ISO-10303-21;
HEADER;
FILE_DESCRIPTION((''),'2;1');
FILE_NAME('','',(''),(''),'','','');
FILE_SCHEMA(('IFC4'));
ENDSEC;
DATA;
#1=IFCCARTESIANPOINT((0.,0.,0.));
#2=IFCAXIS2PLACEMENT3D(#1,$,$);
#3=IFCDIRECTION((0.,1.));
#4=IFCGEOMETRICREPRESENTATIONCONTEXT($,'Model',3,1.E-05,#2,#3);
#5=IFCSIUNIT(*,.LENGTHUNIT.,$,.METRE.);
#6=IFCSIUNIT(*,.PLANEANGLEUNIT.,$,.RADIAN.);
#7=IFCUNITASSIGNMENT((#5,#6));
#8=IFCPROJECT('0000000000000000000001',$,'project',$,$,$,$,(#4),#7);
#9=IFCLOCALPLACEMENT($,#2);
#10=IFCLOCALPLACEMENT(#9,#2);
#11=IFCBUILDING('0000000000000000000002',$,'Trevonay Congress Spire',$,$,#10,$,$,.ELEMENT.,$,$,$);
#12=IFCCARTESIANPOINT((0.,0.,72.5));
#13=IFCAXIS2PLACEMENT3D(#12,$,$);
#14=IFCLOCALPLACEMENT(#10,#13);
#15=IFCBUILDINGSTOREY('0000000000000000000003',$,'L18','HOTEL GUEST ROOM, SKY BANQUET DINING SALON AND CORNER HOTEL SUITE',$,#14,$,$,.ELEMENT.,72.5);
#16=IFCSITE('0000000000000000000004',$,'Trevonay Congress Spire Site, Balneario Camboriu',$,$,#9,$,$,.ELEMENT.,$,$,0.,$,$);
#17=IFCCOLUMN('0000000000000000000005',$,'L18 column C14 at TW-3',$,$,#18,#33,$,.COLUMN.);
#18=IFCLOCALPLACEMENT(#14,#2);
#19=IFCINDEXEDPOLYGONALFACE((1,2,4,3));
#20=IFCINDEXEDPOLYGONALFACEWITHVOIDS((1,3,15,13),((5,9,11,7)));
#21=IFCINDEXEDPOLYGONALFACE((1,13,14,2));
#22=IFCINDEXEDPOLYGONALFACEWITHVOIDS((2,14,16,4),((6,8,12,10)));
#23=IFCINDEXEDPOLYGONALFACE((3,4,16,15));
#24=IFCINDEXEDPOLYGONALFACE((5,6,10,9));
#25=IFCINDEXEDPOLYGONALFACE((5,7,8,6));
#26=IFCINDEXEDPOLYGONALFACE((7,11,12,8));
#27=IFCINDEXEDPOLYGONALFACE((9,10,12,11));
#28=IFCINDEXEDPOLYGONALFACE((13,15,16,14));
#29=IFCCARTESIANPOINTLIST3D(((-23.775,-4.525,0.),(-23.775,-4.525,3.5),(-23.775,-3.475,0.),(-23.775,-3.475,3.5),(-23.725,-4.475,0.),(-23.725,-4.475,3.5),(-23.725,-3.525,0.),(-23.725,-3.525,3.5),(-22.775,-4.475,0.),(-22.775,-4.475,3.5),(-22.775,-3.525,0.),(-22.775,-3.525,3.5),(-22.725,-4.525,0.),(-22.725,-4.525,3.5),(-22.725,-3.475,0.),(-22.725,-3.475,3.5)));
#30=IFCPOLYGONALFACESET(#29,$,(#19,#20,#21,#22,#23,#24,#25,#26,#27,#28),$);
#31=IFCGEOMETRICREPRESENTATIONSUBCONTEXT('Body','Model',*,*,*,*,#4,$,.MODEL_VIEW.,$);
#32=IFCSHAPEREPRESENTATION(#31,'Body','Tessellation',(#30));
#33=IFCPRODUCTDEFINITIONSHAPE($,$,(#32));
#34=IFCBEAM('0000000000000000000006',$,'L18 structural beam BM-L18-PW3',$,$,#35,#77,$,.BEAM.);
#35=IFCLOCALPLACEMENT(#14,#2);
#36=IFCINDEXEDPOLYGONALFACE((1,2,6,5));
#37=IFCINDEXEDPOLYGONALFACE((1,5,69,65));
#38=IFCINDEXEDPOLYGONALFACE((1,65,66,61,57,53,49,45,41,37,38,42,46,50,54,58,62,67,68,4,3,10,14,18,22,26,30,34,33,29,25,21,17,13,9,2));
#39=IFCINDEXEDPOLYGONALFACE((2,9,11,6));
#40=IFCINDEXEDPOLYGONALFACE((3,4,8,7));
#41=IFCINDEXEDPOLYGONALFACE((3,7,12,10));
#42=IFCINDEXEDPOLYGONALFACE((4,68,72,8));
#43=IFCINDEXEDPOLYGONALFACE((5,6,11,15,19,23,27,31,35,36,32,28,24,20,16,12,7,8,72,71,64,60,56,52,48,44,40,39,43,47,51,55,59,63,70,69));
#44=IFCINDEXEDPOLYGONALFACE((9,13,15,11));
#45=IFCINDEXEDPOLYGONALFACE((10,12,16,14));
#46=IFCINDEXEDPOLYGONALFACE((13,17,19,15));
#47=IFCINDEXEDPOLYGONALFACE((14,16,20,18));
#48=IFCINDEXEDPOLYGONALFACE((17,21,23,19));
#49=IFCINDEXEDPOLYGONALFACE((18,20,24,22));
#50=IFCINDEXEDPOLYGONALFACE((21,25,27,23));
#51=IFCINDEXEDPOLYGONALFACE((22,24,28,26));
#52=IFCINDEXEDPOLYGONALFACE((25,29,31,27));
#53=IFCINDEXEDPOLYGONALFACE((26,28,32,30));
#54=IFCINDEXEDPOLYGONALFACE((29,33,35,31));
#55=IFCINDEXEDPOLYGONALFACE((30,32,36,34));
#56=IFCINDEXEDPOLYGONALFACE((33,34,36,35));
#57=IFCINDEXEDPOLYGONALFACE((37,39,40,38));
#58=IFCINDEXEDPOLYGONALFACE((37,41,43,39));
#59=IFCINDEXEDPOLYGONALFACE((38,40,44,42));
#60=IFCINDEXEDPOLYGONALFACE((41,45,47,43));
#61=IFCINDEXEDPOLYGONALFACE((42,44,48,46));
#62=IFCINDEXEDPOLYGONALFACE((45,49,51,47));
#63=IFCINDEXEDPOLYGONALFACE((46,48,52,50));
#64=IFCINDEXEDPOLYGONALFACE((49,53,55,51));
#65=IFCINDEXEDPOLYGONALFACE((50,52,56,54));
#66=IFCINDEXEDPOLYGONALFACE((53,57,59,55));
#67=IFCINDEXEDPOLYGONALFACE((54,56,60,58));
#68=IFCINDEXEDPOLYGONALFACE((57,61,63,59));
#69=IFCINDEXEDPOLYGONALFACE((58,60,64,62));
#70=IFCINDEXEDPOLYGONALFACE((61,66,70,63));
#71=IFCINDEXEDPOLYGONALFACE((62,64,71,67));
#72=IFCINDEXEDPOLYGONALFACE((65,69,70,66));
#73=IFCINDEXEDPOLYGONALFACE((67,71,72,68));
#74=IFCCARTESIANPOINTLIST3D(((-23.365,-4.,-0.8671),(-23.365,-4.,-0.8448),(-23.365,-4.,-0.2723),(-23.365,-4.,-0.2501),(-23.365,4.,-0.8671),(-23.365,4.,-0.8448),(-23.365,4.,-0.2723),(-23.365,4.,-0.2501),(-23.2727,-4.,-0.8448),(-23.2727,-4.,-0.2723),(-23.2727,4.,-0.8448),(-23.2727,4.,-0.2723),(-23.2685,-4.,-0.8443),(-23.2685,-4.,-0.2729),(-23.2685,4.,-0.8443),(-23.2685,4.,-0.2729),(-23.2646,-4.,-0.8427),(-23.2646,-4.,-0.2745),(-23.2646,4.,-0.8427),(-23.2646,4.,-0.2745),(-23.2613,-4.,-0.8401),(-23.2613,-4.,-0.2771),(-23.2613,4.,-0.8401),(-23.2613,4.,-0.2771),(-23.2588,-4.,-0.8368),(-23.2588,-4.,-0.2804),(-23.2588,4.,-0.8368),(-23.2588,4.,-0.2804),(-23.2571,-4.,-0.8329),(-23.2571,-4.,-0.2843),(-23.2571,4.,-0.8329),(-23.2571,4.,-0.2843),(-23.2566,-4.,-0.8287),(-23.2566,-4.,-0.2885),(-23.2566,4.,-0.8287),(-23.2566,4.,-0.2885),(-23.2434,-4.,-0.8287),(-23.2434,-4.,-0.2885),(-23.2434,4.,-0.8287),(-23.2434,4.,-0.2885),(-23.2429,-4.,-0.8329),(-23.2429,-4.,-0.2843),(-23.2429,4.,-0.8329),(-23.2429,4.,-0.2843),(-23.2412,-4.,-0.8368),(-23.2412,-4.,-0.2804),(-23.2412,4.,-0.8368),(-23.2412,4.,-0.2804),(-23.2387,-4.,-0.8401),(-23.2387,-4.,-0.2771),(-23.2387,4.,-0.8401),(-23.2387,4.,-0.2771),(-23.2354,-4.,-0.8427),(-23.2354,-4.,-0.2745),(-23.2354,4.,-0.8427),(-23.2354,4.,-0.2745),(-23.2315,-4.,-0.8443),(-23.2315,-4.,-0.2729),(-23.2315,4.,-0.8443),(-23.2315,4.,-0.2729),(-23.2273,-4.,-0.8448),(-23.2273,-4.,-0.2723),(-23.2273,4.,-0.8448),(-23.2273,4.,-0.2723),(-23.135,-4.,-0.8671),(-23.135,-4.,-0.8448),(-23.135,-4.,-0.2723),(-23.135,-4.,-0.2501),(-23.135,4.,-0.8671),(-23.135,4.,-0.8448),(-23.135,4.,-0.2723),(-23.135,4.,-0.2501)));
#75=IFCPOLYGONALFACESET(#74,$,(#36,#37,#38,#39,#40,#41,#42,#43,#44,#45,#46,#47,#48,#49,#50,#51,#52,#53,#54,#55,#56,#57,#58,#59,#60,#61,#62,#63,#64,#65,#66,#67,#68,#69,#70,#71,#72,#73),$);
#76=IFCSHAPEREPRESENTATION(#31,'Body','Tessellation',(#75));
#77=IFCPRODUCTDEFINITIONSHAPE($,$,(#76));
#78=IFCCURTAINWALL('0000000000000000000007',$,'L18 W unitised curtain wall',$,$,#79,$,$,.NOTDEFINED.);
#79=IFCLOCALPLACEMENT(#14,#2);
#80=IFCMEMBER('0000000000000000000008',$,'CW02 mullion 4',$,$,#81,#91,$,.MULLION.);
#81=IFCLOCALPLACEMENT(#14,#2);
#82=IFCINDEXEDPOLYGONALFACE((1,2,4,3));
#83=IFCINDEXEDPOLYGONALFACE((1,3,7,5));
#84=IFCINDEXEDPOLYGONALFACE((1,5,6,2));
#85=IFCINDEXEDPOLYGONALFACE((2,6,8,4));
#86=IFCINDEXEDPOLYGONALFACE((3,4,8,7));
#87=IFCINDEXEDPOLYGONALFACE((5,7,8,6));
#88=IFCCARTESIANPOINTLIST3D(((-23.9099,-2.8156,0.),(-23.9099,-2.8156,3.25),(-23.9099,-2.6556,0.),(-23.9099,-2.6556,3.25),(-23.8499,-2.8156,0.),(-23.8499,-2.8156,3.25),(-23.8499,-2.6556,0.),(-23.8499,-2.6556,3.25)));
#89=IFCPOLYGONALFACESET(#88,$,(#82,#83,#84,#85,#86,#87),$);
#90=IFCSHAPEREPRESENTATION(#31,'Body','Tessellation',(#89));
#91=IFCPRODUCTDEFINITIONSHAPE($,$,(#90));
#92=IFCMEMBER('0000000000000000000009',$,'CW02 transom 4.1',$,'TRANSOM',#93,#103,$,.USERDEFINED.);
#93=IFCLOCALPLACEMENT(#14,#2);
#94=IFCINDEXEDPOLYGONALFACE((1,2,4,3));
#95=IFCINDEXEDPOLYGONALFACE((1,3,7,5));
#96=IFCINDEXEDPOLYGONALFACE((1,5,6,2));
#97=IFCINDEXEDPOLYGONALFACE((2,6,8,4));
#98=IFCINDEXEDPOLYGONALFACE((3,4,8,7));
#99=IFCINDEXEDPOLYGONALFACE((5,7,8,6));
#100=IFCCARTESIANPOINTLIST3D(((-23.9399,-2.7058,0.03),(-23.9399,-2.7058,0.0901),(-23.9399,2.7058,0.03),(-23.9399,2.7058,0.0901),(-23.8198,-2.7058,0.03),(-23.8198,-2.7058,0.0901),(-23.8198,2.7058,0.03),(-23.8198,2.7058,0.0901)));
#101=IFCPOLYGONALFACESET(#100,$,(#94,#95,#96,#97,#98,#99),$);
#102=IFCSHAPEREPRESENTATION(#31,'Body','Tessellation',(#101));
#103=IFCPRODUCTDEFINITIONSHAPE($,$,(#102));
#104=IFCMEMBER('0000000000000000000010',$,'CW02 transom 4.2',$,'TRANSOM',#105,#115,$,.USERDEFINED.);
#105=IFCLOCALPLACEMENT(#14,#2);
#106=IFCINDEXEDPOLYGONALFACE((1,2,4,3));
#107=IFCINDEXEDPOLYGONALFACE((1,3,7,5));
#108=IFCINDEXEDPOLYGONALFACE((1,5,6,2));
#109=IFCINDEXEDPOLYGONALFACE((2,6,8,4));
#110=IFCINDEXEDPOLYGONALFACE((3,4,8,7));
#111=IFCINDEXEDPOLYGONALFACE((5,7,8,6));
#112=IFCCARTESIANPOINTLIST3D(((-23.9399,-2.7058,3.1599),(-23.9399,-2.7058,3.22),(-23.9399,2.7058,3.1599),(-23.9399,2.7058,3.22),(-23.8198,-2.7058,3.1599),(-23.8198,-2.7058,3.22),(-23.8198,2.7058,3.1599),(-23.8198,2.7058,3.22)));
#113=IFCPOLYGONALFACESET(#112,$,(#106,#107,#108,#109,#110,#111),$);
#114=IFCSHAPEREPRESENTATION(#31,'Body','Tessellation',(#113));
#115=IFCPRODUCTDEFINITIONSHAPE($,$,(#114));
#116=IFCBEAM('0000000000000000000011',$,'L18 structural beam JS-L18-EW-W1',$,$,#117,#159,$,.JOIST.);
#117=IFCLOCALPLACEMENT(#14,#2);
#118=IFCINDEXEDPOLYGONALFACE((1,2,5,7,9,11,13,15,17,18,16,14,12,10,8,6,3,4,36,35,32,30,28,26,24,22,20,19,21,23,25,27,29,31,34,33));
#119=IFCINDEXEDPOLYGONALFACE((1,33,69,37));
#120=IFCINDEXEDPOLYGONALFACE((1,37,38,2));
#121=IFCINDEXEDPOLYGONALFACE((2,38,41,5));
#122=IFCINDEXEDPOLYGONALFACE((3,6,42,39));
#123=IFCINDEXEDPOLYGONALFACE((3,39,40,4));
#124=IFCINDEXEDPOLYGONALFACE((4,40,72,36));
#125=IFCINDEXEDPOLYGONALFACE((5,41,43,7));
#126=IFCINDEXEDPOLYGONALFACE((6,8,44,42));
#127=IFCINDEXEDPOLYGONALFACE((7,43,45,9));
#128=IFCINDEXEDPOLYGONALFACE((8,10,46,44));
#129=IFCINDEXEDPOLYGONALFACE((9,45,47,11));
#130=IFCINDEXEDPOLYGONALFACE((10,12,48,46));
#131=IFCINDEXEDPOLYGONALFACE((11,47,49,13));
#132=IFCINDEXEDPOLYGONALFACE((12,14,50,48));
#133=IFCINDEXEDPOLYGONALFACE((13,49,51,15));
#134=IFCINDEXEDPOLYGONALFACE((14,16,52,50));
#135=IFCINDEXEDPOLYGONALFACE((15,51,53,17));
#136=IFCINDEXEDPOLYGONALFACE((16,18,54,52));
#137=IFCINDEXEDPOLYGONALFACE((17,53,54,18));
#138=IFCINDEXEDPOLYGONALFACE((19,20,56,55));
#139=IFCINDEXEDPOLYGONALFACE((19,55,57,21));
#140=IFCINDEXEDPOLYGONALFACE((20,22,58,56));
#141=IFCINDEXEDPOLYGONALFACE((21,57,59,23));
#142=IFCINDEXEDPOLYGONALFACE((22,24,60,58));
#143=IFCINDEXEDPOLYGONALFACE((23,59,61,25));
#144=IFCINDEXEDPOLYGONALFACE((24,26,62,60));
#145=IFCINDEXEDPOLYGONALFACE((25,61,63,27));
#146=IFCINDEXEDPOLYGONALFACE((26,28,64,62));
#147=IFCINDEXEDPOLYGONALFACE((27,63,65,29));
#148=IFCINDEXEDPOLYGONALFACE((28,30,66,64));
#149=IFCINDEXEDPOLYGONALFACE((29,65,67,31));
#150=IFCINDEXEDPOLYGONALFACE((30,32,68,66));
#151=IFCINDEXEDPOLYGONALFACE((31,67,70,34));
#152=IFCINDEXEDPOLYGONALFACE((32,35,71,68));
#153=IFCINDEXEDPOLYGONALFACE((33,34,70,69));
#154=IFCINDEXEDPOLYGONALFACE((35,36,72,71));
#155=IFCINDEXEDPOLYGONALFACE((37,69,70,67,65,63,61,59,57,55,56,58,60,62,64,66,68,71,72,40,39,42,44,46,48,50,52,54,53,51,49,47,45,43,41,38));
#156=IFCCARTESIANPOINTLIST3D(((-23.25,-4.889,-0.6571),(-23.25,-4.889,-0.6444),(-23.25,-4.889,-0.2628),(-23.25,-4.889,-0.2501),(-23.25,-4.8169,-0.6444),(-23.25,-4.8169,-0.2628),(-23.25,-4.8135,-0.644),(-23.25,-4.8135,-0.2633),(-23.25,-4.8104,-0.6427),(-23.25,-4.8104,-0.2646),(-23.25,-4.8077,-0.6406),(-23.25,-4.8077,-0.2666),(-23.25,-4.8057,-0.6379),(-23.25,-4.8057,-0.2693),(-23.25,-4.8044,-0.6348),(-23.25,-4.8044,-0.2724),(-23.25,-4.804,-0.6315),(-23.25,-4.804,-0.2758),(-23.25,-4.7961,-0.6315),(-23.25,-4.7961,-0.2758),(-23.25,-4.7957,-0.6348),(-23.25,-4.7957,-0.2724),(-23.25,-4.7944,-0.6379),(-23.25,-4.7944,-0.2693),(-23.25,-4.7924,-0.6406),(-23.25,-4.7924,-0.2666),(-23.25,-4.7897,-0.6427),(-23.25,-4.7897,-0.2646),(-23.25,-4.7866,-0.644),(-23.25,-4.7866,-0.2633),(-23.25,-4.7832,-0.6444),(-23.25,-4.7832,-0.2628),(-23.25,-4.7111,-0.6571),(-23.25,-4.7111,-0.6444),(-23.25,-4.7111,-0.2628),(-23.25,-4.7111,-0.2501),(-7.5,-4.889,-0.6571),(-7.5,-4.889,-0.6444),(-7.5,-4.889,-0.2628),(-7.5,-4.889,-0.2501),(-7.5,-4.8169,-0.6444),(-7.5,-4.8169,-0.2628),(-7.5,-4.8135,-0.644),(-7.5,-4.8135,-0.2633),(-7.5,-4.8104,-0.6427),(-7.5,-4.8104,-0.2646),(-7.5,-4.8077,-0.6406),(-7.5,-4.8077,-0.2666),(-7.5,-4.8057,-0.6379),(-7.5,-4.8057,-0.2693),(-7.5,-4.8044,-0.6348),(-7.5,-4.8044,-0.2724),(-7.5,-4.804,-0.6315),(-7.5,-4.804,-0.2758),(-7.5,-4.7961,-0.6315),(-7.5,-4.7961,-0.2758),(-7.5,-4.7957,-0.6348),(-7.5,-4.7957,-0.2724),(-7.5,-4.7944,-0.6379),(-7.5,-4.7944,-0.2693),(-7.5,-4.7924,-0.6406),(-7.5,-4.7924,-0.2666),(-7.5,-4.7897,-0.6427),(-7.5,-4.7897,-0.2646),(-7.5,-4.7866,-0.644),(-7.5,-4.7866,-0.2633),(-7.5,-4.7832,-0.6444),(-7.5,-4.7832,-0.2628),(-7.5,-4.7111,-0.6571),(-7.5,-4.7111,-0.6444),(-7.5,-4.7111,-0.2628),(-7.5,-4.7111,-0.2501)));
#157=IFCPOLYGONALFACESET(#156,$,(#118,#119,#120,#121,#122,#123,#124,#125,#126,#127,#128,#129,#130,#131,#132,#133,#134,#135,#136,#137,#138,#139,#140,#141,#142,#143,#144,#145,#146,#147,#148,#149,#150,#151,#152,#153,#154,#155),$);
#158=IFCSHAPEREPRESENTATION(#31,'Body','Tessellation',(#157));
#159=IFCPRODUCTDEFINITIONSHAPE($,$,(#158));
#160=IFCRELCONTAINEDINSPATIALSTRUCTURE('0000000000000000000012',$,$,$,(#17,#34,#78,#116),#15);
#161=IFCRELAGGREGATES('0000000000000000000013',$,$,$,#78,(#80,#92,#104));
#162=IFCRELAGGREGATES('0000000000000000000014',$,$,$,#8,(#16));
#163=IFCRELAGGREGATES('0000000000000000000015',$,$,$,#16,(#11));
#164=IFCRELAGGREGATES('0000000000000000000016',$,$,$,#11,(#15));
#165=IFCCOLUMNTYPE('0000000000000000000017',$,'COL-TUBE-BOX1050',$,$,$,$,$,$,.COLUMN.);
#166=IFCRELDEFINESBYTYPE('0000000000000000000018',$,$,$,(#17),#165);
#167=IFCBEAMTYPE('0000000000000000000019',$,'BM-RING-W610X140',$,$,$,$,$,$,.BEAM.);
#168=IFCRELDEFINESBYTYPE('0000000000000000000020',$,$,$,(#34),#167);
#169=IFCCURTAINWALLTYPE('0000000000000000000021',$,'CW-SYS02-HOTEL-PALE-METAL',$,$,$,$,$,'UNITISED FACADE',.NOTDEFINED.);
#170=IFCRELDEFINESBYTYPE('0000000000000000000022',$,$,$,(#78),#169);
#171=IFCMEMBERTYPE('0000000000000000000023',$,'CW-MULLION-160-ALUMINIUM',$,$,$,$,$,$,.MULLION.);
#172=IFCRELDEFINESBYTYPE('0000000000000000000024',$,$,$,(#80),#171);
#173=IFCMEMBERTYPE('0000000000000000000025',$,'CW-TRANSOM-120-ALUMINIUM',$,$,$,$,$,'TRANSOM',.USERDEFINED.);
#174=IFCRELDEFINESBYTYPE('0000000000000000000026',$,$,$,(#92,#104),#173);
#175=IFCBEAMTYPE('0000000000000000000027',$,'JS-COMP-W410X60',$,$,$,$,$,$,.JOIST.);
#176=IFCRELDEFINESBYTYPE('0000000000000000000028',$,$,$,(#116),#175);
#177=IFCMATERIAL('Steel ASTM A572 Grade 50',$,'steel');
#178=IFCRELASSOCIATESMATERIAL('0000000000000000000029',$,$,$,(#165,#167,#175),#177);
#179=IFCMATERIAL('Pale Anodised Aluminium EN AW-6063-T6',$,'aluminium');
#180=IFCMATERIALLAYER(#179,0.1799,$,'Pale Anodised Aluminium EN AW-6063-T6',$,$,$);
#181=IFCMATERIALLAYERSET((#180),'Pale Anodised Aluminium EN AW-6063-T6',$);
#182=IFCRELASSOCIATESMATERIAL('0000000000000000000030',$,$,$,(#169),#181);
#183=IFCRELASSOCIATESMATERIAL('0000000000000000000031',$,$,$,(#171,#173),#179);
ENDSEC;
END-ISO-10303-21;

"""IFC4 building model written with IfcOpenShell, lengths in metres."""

from ifc_helpers import new_model, si_unit, direction, frame, origin, origin_2d, place, context, subcontext, project, spatial, rectangle, hollow_rectangle, i_section, extrude, material, layer, layer_set, material_profile, profile_set, type_object, element, aggregate, save


model = new_model("IFC4")

# Units and contexts
model_context = context("Model", 3, precision=1e-05, world=origin(), true_north=direction((0.0, 1.0)))
body_context = subcontext(model_context, "Body", "Model", "MODEL_VIEW")
ifc_project = project(units=[si_unit("LENGTHUNIT", "METRE"), si_unit("PLANEANGLEUNIT", "RADIAN")], contexts=[model_context])

# Site, building, storey
site_placement = place(None, origin())
site = spatial("IfcSite", under=ifc_project, at=site_placement, Name="Trevonay Congress Spire Site, Balneario Camboriu", CompositionType="ELEMENT", RefElevation=0.0)
building_placement = place(site_placement, origin())
building = spatial("IfcBuilding", under=site, at=building_placement, Name="Trevonay Congress Spire", CompositionType="ELEMENT")
storey_placement = place(building_placement, frame((0.0, 0.0, 72.5)))
storey = spatial("IfcBuildingStorey", under=building, at=storey_placement, Name="L18", Description="HOTEL GUEST ROOM, SKY BANQUET DINING SALON AND CORNER HOTEL SUITE", CompositionType="ELEMENT", Elevation=72.5)

# Column
ifc_material_1 = material(Name="Steel ASTM A572 Grade 50", Category="steel")
ifc_material_profile_1 = material_profile(ifc_material_1, hollow_rectangle(XDim=1.05, YDim=1.05, WallThickness=0.05, at=origin_2d()), Name="BOX 1050x1050x50")
ifc_profile_set_1 = profile_set([ifc_material_profile_1], Name="Steel ASTM A572 Grade 50")
column_type = type_object("IfcColumnType", Name="COL-TUBE-BOX1050", PredefinedType="COLUMN", material=ifc_profile_set_1)
column_placement = place(storey_placement, frame((-23.25, -4.0, 0.0), z_axis=(0.0, 0.0, 1.0), x_axis=(1.0, 0.0, 0.0)))
element("IfcColumn", 1, at=column_placement, inside=storey, type_object=column_type, Name="L18 column C14 at TW-3", PredefinedType="COLUMN", context=body_context, shape_type="SweptSolid", body=[
    extrude(hollow_rectangle(XDim=1.05, YDim=1.05, WallThickness=0.05, at=origin_2d()), origin(), (0.0, 0.0, 1.0), 3.5),
])

# Beam
ifc_material_profile_2 = material_profile(ifc_material_1, i_section(OverallWidth=0.23, OverallDepth=0.6169, WebThickness=0.0132, FlangeThickness=0.0222, FilletRadius=0.0161, at=origin_2d()), Name="W610x140")
ifc_profile_set_2 = profile_set([ifc_material_profile_2], Name="Steel ASTM A572 Grade 50")
beam_type_1 = type_object("IfcBeamType", Name="BM-RING-W610X140", PredefinedType="BEAM", material=ifc_profile_set_2)
beam_placement = place(storey_placement, frame((-23.25, -4.0, -0.5586), z_axis=(0.0, 1.0, 0.0), x_axis=(-1.0, 0.0, 0.0)))
element("IfcBeam", 2, at=beam_placement, inside=storey, type_object=beam_type_1, Name="L18 structural beam BM-L18-PW3", PredefinedType="BEAM", context=body_context, shape_type="SweptSolid", body=[
    extrude(i_section(OverallWidth=0.23, OverallDepth=0.6169, WebThickness=0.0132, FlangeThickness=0.0222, FilletRadius=0.0161, at=origin_2d()), origin(), (0.0, 0.0, 1.0), 8.0),
])

# Curtain wall, members
ifc_material_2 = material(Name="Pale Anodised Aluminium EN AW-6063-T6", Category="aluminium")
ifc_layer_1 = layer(ifc_material_2, 0.1799, Name="Pale Anodised Aluminium EN AW-6063-T6")
ifc_layer_set_1 = layer_set([ifc_layer_1], Name="Pale Anodised Aluminium EN AW-6063-T6")
curtain_wall_type = type_object("IfcCurtainWallType", Name="CW-SYS02-HOTEL-PALE-METAL", ElementType="UNITISED FACADE", PredefinedType="NOTDEFINED", material=ifc_layer_set_1)
curtain_wall_placement = place(storey_placement, origin())
curtain_wall = element("IfcCurtainWall", 3, at=curtain_wall_placement, inside=storey, type_object=curtain_wall_type, Name="L18 W unitised curtain wall", PredefinedType="NOTDEFINED")
ifc_material_profile_3 = material_profile(ifc_material_2, rectangle(XDim=0.0601, YDim=0.1599, at=origin_2d()), Name="CW-MULLION-160-ALUMINIUM")
ifc_profile_set_3 = profile_set([ifc_material_profile_3], Name="Pale Anodised Aluminium EN AW-6063-T6")
member_type_1 = type_object("IfcMemberType", Name="CW-MULLION-160-ALUMINIUM", PredefinedType="MULLION", material=ifc_profile_set_3)
member_1_placement = place(storey_placement, frame((-23.8799, -2.7356, 0.0), z_axis=(0.0, 0.0, 1.0), x_axis=(-1.0, 0.0, 0.0)))
member_1 = element("IfcMember", 4, at=member_1_placement, type_object=member_type_1, Name="CW02 mullion 4", PredefinedType="MULLION", context=body_context, shape_type="SweptSolid", body=[
    extrude(rectangle(XDim=0.0601, YDim=0.1599, at=origin_2d()), origin(), (0.0, 0.0, 1.0), 3.25),
])
ifc_material_profile_4 = material_profile(ifc_material_2, rectangle(XDim=0.1201, YDim=0.0601, at=origin_2d()), Name="CW-TRANSOM-120-ALUMINIUM")
ifc_profile_set_4 = profile_set([ifc_material_profile_4], Name="Pale Anodised Aluminium EN AW-6063-T6")
member_type_2 = type_object("IfcMemberType", Name="CW-TRANSOM-120-ALUMINIUM", ElementType="TRANSOM", PredefinedType="USERDEFINED", material=ifc_profile_set_4)
member_2_placement = place(storey_placement, frame((-23.8799, -2.7058, 0.0601), z_axis=(0.0, 1.0, 0.0), x_axis=(-1.0, 0.0, 0.0)))
member_2 = element("IfcMember", 5, at=member_2_placement, type_object=member_type_2, Name="CW02 transom 4.1", ObjectType="TRANSOM", PredefinedType="USERDEFINED", context=body_context, shape_type="SweptSolid", body=[
    extrude(rectangle(XDim=0.1201, YDim=0.0601, at=origin_2d()), origin(), (0.0, 0.0, 1.0), 5.4116),
])
member_3_placement = place(storey_placement, frame((-23.8799, -2.7058, 3.1899), z_axis=(0.0, 1.0, 0.0), x_axis=(-1.0, 0.0, 0.0)))
member_3 = element("IfcMember", 6, at=member_3_placement, type_object=member_type_2, Name="CW02 transom 4.2", ObjectType="TRANSOM", PredefinedType="USERDEFINED", context=body_context, shape_type="SweptSolid", body=[
    extrude(rectangle(XDim=0.1201, YDim=0.0601, at=origin_2d()), origin(), (0.0, 0.0, 1.0), 5.4116),
])

# Beam
ifc_material_profile_5 = material_profile(ifc_material_1, i_section(OverallWidth=0.178, OverallDepth=0.407, WebThickness=0.0078, FlangeThickness=0.0127, FilletRadius=0.0129, at=origin_2d()), Name="W410x60")
ifc_profile_set_5 = profile_set([ifc_material_profile_5], Name="Steel ASTM A572 Grade 50")
beam_type_2 = type_object("IfcBeamType", Name="JS-COMP-W410X60", PredefinedType="JOIST", material=ifc_profile_set_5)
for number, where, z_axis, x_axis, name in (
    (7, (-23.25, -4.8, -0.4536), (1.0, 0.0, 0.0), (0.0, 1.0, 0.0), "L18 structural beam JS-L18-EW-W1"),
):
    element("IfcBeam", number, at=place(storey_placement, frame(where, z_axis=z_axis, x_axis=x_axis)), inside=storey, type_object=beam_type_2, Name=name, PredefinedType="JOIST", context=body_context, shape_type="SweptSolid", body=[
        extrude(i_section(OverallWidth=0.178, OverallDepth=0.407, WebThickness=0.0078, FlangeThickness=0.0127, FilletRadius=0.0129, at=origin_2d()), origin(), (0.0, 0.0, 1.0), 15.75),
    ])

aggregate(curtain_wall, [member_1, member_2, member_3])

save(model, "model.ifc")
